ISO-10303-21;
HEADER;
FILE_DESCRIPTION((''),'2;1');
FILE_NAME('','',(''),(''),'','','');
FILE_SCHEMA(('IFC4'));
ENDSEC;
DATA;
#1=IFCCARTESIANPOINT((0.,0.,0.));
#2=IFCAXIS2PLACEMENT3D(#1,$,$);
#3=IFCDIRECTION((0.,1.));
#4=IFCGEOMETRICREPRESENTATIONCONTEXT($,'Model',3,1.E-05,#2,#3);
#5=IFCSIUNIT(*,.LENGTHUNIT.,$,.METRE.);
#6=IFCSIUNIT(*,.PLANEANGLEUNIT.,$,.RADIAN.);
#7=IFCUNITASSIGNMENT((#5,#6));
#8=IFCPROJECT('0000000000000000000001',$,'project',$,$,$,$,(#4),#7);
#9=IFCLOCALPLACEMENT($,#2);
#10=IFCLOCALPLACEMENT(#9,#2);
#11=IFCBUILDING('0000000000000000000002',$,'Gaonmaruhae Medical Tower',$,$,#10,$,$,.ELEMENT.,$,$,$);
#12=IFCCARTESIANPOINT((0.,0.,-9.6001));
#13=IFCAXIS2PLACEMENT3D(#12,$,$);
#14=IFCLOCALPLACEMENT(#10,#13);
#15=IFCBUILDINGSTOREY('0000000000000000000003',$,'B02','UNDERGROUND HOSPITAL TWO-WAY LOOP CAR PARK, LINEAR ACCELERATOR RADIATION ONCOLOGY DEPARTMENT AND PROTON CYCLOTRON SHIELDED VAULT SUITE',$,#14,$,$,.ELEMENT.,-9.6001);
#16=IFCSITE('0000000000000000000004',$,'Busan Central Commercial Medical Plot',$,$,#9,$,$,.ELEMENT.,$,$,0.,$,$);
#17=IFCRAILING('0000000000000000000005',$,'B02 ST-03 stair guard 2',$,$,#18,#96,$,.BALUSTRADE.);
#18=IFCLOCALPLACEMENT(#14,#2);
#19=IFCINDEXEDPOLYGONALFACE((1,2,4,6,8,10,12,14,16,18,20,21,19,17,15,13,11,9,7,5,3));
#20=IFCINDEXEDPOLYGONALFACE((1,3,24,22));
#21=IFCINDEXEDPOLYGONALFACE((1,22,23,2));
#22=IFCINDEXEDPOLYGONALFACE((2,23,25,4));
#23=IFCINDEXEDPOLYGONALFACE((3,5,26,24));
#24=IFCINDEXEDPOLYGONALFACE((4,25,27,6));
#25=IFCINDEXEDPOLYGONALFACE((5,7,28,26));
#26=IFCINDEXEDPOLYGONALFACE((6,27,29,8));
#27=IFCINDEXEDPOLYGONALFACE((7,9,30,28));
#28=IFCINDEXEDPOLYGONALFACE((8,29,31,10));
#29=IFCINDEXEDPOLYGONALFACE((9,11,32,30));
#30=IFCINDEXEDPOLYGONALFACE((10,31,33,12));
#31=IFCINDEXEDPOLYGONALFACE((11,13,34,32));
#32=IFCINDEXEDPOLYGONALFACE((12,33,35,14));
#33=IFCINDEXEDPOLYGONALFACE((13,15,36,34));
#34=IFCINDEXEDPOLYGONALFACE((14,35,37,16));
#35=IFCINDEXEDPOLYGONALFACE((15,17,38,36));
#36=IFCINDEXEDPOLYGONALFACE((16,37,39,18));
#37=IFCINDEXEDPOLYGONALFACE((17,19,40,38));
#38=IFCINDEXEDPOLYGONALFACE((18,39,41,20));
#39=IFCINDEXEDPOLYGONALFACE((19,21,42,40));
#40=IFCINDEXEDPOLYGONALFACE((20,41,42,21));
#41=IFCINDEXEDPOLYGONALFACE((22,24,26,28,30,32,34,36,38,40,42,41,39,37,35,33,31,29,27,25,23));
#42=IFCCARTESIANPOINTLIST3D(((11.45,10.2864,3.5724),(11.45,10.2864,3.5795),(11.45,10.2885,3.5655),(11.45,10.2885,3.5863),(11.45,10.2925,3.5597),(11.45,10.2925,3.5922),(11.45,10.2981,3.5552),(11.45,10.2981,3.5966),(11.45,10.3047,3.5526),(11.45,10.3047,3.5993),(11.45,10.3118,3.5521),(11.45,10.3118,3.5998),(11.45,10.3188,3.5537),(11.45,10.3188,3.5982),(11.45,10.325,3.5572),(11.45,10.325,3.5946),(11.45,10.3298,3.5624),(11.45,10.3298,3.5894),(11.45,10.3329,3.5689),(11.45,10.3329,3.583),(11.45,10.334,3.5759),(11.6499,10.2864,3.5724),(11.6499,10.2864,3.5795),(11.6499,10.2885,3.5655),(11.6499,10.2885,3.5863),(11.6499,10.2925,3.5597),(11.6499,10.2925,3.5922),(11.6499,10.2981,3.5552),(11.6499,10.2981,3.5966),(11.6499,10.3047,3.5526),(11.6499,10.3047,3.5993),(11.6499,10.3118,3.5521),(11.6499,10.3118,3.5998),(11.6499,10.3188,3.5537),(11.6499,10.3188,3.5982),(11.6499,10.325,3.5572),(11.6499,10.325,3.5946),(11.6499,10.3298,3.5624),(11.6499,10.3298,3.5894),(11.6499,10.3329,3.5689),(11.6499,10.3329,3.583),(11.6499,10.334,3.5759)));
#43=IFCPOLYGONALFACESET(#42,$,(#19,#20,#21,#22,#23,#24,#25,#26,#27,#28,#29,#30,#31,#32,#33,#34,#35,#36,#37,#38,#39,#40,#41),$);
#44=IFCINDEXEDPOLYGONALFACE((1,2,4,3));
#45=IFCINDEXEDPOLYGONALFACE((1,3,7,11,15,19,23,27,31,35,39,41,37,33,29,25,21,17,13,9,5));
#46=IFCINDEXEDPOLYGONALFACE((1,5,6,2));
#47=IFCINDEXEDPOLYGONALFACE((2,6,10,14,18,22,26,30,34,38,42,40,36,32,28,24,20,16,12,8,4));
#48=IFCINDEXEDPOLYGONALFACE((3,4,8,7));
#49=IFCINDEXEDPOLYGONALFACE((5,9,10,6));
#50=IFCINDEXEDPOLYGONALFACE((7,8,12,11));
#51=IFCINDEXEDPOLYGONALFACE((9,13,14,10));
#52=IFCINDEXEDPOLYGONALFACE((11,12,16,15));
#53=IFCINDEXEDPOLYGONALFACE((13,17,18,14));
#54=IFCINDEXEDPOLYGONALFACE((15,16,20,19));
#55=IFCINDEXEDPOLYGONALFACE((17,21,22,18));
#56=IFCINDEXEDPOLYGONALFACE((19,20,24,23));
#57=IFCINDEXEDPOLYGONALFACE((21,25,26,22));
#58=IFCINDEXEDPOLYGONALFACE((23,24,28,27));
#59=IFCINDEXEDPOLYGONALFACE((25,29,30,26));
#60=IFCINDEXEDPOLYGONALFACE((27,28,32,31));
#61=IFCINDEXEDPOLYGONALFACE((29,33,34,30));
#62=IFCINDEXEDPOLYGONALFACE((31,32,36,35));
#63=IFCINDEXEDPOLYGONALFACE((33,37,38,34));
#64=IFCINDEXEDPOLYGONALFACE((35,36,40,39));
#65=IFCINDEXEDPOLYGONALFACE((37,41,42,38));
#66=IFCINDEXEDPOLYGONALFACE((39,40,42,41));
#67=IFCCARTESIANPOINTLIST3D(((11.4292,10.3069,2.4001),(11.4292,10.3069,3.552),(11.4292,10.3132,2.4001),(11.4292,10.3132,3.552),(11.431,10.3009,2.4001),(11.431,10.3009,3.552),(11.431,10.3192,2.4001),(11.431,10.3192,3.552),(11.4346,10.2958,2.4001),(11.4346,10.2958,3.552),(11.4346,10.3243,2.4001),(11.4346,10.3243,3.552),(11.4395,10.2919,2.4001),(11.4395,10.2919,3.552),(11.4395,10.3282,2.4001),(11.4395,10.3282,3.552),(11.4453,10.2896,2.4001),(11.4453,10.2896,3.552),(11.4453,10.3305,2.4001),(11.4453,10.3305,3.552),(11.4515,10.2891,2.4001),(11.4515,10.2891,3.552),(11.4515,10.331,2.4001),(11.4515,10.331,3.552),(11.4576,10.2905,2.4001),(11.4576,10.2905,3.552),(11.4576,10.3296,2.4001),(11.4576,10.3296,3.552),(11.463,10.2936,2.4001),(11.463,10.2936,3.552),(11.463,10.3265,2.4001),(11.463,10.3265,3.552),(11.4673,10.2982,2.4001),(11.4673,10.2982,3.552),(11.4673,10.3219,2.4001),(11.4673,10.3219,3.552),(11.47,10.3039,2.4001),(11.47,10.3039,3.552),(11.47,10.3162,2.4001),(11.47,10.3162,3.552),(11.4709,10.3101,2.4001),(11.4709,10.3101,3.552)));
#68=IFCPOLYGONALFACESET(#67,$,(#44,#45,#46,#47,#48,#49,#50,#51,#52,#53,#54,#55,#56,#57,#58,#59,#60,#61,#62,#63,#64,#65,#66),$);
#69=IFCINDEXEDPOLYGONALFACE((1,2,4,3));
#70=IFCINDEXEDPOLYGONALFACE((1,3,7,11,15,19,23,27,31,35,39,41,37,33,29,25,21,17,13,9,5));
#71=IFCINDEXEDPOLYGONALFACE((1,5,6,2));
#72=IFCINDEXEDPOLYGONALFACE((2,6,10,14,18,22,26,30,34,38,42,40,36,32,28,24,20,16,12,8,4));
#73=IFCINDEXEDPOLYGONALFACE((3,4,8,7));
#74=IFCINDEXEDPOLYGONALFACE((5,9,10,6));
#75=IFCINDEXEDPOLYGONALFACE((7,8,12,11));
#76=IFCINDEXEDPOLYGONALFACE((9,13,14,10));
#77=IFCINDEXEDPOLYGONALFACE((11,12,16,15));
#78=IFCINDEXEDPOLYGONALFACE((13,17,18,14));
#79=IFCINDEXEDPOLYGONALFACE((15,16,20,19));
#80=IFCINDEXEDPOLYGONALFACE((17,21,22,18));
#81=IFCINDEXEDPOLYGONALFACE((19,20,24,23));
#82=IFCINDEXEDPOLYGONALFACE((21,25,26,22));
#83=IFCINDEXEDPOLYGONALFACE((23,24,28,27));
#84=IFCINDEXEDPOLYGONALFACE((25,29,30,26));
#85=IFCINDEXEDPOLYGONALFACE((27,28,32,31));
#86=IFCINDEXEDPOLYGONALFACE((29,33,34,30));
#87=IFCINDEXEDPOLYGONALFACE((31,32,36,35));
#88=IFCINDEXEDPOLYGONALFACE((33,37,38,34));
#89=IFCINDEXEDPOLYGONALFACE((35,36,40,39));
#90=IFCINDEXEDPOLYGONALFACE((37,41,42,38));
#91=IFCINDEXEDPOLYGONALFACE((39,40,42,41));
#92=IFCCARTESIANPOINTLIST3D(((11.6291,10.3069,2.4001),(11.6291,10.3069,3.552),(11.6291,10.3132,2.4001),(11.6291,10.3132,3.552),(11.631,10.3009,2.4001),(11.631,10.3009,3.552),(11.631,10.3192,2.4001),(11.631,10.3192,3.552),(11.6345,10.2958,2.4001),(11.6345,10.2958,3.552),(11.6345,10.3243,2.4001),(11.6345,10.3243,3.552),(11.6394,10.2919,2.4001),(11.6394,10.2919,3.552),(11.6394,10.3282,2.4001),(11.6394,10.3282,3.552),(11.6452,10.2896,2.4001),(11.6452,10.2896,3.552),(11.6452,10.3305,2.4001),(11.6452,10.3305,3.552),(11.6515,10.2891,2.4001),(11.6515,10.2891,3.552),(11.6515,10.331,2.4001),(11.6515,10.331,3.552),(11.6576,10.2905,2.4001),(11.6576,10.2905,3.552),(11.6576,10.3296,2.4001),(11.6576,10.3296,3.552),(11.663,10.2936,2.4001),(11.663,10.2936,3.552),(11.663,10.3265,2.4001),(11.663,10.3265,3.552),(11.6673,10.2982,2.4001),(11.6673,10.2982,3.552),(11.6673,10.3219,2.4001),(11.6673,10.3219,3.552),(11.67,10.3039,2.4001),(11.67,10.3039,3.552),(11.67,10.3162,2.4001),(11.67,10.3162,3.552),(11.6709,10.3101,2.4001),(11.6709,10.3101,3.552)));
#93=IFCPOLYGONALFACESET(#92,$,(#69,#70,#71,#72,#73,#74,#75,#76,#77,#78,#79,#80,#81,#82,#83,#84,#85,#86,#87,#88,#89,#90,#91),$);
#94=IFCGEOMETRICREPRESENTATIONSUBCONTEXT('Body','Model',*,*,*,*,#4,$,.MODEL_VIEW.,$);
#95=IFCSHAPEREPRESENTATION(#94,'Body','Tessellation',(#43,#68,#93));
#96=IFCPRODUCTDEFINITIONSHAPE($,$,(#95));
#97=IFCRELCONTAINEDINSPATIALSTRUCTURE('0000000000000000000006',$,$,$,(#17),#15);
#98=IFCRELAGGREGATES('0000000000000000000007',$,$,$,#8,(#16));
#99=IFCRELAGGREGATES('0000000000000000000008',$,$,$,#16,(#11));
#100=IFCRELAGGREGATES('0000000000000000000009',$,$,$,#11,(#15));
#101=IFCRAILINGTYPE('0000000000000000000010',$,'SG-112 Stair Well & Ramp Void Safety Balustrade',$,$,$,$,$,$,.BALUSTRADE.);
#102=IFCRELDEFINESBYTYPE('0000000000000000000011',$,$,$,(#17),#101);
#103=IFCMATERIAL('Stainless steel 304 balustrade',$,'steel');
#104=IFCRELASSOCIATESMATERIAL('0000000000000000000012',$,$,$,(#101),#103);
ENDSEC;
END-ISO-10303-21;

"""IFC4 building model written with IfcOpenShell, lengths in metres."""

from ifc_helpers import new_model, si_unit, direction, frame, origin, origin_2d, place, context, subcontext, project, spatial, circle, extrude, material, type_object, element, save


model = new_model("IFC4")

# Units and contexts
model_context = context("Model", 3, precision=1e-05, world=origin(), true_north=direction((0.0, 1.0)))
body_context = subcontext(model_context, "Body", "Model", "MODEL_VIEW")
ifc_project = project(units=[si_unit("LENGTHUNIT", "METRE"), si_unit("PLANEANGLEUNIT", "RADIAN")], contexts=[model_context])

# Site, building, storey
site_placement = place(None, origin())
site = spatial("IfcSite", under=ifc_project, at=site_placement, Name="Busan Central Commercial Medical Plot", CompositionType="ELEMENT", RefElevation=0.0)
building_placement = place(site_placement, origin())
building = spatial("IfcBuilding", under=site, at=building_placement, Name="Gaonmaruhae Medical Tower", CompositionType="ELEMENT")
storey_placement = place(building_placement, frame((0.0, 0.0, -9.6001)))
storey = spatial("IfcBuildingStorey", under=building, at=storey_placement, Name="B02", Description="UNDERGROUND HOSPITAL TWO-WAY LOOP CAR PARK, LINEAR ACCELERATOR RADIATION ONCOLOGY DEPARTMENT AND PROTON CYCLOTRON SHIELDED VAULT SUITE", CompositionType="ELEMENT", Elevation=-9.6001)

# Railing
ifc_material_1 = material(Name="Stainless steel 304 balustrade", Category="steel")
railing_type_1 = type_object("IfcRailingType", Name="SG-112 Stair Well & Ramp Void Safety Balustrade", PredefinedType="BALUSTRADE", material=ifc_material_1)
railing_1_placement = place(storey_placement, frame((11.45, 10.3101, 2.4001)))
element("IfcRailing", 1, at=railing_1_placement, inside=storey, type_object=railing_type_1, Name="B02 ST-03 stair guard 2", PredefinedType="BALUSTRADE", context=body_context, shape_type="SweptSolid", body=[
    extrude(circle(Radius=0.0239, at=origin_2d()), frame((0.0, 0.0, 1.1758), z_axis=(1.0, 0.0, 0.0), x_axis=(0.0, 1.0, 0.0)), (0.0, 0.0, 1.0), 0.2),
    extrude(circle(Radius=0.021, at=origin_2d()), origin(), (0.0, 0.0, 1.0), 1.1519),
    extrude(circle(Radius=0.021, at=origin_2d()), frame((0.2, 0.0, 0.0)), (0.0, 0.0, 1.0), 1.1519),
])

save(model, "model.ifc")
